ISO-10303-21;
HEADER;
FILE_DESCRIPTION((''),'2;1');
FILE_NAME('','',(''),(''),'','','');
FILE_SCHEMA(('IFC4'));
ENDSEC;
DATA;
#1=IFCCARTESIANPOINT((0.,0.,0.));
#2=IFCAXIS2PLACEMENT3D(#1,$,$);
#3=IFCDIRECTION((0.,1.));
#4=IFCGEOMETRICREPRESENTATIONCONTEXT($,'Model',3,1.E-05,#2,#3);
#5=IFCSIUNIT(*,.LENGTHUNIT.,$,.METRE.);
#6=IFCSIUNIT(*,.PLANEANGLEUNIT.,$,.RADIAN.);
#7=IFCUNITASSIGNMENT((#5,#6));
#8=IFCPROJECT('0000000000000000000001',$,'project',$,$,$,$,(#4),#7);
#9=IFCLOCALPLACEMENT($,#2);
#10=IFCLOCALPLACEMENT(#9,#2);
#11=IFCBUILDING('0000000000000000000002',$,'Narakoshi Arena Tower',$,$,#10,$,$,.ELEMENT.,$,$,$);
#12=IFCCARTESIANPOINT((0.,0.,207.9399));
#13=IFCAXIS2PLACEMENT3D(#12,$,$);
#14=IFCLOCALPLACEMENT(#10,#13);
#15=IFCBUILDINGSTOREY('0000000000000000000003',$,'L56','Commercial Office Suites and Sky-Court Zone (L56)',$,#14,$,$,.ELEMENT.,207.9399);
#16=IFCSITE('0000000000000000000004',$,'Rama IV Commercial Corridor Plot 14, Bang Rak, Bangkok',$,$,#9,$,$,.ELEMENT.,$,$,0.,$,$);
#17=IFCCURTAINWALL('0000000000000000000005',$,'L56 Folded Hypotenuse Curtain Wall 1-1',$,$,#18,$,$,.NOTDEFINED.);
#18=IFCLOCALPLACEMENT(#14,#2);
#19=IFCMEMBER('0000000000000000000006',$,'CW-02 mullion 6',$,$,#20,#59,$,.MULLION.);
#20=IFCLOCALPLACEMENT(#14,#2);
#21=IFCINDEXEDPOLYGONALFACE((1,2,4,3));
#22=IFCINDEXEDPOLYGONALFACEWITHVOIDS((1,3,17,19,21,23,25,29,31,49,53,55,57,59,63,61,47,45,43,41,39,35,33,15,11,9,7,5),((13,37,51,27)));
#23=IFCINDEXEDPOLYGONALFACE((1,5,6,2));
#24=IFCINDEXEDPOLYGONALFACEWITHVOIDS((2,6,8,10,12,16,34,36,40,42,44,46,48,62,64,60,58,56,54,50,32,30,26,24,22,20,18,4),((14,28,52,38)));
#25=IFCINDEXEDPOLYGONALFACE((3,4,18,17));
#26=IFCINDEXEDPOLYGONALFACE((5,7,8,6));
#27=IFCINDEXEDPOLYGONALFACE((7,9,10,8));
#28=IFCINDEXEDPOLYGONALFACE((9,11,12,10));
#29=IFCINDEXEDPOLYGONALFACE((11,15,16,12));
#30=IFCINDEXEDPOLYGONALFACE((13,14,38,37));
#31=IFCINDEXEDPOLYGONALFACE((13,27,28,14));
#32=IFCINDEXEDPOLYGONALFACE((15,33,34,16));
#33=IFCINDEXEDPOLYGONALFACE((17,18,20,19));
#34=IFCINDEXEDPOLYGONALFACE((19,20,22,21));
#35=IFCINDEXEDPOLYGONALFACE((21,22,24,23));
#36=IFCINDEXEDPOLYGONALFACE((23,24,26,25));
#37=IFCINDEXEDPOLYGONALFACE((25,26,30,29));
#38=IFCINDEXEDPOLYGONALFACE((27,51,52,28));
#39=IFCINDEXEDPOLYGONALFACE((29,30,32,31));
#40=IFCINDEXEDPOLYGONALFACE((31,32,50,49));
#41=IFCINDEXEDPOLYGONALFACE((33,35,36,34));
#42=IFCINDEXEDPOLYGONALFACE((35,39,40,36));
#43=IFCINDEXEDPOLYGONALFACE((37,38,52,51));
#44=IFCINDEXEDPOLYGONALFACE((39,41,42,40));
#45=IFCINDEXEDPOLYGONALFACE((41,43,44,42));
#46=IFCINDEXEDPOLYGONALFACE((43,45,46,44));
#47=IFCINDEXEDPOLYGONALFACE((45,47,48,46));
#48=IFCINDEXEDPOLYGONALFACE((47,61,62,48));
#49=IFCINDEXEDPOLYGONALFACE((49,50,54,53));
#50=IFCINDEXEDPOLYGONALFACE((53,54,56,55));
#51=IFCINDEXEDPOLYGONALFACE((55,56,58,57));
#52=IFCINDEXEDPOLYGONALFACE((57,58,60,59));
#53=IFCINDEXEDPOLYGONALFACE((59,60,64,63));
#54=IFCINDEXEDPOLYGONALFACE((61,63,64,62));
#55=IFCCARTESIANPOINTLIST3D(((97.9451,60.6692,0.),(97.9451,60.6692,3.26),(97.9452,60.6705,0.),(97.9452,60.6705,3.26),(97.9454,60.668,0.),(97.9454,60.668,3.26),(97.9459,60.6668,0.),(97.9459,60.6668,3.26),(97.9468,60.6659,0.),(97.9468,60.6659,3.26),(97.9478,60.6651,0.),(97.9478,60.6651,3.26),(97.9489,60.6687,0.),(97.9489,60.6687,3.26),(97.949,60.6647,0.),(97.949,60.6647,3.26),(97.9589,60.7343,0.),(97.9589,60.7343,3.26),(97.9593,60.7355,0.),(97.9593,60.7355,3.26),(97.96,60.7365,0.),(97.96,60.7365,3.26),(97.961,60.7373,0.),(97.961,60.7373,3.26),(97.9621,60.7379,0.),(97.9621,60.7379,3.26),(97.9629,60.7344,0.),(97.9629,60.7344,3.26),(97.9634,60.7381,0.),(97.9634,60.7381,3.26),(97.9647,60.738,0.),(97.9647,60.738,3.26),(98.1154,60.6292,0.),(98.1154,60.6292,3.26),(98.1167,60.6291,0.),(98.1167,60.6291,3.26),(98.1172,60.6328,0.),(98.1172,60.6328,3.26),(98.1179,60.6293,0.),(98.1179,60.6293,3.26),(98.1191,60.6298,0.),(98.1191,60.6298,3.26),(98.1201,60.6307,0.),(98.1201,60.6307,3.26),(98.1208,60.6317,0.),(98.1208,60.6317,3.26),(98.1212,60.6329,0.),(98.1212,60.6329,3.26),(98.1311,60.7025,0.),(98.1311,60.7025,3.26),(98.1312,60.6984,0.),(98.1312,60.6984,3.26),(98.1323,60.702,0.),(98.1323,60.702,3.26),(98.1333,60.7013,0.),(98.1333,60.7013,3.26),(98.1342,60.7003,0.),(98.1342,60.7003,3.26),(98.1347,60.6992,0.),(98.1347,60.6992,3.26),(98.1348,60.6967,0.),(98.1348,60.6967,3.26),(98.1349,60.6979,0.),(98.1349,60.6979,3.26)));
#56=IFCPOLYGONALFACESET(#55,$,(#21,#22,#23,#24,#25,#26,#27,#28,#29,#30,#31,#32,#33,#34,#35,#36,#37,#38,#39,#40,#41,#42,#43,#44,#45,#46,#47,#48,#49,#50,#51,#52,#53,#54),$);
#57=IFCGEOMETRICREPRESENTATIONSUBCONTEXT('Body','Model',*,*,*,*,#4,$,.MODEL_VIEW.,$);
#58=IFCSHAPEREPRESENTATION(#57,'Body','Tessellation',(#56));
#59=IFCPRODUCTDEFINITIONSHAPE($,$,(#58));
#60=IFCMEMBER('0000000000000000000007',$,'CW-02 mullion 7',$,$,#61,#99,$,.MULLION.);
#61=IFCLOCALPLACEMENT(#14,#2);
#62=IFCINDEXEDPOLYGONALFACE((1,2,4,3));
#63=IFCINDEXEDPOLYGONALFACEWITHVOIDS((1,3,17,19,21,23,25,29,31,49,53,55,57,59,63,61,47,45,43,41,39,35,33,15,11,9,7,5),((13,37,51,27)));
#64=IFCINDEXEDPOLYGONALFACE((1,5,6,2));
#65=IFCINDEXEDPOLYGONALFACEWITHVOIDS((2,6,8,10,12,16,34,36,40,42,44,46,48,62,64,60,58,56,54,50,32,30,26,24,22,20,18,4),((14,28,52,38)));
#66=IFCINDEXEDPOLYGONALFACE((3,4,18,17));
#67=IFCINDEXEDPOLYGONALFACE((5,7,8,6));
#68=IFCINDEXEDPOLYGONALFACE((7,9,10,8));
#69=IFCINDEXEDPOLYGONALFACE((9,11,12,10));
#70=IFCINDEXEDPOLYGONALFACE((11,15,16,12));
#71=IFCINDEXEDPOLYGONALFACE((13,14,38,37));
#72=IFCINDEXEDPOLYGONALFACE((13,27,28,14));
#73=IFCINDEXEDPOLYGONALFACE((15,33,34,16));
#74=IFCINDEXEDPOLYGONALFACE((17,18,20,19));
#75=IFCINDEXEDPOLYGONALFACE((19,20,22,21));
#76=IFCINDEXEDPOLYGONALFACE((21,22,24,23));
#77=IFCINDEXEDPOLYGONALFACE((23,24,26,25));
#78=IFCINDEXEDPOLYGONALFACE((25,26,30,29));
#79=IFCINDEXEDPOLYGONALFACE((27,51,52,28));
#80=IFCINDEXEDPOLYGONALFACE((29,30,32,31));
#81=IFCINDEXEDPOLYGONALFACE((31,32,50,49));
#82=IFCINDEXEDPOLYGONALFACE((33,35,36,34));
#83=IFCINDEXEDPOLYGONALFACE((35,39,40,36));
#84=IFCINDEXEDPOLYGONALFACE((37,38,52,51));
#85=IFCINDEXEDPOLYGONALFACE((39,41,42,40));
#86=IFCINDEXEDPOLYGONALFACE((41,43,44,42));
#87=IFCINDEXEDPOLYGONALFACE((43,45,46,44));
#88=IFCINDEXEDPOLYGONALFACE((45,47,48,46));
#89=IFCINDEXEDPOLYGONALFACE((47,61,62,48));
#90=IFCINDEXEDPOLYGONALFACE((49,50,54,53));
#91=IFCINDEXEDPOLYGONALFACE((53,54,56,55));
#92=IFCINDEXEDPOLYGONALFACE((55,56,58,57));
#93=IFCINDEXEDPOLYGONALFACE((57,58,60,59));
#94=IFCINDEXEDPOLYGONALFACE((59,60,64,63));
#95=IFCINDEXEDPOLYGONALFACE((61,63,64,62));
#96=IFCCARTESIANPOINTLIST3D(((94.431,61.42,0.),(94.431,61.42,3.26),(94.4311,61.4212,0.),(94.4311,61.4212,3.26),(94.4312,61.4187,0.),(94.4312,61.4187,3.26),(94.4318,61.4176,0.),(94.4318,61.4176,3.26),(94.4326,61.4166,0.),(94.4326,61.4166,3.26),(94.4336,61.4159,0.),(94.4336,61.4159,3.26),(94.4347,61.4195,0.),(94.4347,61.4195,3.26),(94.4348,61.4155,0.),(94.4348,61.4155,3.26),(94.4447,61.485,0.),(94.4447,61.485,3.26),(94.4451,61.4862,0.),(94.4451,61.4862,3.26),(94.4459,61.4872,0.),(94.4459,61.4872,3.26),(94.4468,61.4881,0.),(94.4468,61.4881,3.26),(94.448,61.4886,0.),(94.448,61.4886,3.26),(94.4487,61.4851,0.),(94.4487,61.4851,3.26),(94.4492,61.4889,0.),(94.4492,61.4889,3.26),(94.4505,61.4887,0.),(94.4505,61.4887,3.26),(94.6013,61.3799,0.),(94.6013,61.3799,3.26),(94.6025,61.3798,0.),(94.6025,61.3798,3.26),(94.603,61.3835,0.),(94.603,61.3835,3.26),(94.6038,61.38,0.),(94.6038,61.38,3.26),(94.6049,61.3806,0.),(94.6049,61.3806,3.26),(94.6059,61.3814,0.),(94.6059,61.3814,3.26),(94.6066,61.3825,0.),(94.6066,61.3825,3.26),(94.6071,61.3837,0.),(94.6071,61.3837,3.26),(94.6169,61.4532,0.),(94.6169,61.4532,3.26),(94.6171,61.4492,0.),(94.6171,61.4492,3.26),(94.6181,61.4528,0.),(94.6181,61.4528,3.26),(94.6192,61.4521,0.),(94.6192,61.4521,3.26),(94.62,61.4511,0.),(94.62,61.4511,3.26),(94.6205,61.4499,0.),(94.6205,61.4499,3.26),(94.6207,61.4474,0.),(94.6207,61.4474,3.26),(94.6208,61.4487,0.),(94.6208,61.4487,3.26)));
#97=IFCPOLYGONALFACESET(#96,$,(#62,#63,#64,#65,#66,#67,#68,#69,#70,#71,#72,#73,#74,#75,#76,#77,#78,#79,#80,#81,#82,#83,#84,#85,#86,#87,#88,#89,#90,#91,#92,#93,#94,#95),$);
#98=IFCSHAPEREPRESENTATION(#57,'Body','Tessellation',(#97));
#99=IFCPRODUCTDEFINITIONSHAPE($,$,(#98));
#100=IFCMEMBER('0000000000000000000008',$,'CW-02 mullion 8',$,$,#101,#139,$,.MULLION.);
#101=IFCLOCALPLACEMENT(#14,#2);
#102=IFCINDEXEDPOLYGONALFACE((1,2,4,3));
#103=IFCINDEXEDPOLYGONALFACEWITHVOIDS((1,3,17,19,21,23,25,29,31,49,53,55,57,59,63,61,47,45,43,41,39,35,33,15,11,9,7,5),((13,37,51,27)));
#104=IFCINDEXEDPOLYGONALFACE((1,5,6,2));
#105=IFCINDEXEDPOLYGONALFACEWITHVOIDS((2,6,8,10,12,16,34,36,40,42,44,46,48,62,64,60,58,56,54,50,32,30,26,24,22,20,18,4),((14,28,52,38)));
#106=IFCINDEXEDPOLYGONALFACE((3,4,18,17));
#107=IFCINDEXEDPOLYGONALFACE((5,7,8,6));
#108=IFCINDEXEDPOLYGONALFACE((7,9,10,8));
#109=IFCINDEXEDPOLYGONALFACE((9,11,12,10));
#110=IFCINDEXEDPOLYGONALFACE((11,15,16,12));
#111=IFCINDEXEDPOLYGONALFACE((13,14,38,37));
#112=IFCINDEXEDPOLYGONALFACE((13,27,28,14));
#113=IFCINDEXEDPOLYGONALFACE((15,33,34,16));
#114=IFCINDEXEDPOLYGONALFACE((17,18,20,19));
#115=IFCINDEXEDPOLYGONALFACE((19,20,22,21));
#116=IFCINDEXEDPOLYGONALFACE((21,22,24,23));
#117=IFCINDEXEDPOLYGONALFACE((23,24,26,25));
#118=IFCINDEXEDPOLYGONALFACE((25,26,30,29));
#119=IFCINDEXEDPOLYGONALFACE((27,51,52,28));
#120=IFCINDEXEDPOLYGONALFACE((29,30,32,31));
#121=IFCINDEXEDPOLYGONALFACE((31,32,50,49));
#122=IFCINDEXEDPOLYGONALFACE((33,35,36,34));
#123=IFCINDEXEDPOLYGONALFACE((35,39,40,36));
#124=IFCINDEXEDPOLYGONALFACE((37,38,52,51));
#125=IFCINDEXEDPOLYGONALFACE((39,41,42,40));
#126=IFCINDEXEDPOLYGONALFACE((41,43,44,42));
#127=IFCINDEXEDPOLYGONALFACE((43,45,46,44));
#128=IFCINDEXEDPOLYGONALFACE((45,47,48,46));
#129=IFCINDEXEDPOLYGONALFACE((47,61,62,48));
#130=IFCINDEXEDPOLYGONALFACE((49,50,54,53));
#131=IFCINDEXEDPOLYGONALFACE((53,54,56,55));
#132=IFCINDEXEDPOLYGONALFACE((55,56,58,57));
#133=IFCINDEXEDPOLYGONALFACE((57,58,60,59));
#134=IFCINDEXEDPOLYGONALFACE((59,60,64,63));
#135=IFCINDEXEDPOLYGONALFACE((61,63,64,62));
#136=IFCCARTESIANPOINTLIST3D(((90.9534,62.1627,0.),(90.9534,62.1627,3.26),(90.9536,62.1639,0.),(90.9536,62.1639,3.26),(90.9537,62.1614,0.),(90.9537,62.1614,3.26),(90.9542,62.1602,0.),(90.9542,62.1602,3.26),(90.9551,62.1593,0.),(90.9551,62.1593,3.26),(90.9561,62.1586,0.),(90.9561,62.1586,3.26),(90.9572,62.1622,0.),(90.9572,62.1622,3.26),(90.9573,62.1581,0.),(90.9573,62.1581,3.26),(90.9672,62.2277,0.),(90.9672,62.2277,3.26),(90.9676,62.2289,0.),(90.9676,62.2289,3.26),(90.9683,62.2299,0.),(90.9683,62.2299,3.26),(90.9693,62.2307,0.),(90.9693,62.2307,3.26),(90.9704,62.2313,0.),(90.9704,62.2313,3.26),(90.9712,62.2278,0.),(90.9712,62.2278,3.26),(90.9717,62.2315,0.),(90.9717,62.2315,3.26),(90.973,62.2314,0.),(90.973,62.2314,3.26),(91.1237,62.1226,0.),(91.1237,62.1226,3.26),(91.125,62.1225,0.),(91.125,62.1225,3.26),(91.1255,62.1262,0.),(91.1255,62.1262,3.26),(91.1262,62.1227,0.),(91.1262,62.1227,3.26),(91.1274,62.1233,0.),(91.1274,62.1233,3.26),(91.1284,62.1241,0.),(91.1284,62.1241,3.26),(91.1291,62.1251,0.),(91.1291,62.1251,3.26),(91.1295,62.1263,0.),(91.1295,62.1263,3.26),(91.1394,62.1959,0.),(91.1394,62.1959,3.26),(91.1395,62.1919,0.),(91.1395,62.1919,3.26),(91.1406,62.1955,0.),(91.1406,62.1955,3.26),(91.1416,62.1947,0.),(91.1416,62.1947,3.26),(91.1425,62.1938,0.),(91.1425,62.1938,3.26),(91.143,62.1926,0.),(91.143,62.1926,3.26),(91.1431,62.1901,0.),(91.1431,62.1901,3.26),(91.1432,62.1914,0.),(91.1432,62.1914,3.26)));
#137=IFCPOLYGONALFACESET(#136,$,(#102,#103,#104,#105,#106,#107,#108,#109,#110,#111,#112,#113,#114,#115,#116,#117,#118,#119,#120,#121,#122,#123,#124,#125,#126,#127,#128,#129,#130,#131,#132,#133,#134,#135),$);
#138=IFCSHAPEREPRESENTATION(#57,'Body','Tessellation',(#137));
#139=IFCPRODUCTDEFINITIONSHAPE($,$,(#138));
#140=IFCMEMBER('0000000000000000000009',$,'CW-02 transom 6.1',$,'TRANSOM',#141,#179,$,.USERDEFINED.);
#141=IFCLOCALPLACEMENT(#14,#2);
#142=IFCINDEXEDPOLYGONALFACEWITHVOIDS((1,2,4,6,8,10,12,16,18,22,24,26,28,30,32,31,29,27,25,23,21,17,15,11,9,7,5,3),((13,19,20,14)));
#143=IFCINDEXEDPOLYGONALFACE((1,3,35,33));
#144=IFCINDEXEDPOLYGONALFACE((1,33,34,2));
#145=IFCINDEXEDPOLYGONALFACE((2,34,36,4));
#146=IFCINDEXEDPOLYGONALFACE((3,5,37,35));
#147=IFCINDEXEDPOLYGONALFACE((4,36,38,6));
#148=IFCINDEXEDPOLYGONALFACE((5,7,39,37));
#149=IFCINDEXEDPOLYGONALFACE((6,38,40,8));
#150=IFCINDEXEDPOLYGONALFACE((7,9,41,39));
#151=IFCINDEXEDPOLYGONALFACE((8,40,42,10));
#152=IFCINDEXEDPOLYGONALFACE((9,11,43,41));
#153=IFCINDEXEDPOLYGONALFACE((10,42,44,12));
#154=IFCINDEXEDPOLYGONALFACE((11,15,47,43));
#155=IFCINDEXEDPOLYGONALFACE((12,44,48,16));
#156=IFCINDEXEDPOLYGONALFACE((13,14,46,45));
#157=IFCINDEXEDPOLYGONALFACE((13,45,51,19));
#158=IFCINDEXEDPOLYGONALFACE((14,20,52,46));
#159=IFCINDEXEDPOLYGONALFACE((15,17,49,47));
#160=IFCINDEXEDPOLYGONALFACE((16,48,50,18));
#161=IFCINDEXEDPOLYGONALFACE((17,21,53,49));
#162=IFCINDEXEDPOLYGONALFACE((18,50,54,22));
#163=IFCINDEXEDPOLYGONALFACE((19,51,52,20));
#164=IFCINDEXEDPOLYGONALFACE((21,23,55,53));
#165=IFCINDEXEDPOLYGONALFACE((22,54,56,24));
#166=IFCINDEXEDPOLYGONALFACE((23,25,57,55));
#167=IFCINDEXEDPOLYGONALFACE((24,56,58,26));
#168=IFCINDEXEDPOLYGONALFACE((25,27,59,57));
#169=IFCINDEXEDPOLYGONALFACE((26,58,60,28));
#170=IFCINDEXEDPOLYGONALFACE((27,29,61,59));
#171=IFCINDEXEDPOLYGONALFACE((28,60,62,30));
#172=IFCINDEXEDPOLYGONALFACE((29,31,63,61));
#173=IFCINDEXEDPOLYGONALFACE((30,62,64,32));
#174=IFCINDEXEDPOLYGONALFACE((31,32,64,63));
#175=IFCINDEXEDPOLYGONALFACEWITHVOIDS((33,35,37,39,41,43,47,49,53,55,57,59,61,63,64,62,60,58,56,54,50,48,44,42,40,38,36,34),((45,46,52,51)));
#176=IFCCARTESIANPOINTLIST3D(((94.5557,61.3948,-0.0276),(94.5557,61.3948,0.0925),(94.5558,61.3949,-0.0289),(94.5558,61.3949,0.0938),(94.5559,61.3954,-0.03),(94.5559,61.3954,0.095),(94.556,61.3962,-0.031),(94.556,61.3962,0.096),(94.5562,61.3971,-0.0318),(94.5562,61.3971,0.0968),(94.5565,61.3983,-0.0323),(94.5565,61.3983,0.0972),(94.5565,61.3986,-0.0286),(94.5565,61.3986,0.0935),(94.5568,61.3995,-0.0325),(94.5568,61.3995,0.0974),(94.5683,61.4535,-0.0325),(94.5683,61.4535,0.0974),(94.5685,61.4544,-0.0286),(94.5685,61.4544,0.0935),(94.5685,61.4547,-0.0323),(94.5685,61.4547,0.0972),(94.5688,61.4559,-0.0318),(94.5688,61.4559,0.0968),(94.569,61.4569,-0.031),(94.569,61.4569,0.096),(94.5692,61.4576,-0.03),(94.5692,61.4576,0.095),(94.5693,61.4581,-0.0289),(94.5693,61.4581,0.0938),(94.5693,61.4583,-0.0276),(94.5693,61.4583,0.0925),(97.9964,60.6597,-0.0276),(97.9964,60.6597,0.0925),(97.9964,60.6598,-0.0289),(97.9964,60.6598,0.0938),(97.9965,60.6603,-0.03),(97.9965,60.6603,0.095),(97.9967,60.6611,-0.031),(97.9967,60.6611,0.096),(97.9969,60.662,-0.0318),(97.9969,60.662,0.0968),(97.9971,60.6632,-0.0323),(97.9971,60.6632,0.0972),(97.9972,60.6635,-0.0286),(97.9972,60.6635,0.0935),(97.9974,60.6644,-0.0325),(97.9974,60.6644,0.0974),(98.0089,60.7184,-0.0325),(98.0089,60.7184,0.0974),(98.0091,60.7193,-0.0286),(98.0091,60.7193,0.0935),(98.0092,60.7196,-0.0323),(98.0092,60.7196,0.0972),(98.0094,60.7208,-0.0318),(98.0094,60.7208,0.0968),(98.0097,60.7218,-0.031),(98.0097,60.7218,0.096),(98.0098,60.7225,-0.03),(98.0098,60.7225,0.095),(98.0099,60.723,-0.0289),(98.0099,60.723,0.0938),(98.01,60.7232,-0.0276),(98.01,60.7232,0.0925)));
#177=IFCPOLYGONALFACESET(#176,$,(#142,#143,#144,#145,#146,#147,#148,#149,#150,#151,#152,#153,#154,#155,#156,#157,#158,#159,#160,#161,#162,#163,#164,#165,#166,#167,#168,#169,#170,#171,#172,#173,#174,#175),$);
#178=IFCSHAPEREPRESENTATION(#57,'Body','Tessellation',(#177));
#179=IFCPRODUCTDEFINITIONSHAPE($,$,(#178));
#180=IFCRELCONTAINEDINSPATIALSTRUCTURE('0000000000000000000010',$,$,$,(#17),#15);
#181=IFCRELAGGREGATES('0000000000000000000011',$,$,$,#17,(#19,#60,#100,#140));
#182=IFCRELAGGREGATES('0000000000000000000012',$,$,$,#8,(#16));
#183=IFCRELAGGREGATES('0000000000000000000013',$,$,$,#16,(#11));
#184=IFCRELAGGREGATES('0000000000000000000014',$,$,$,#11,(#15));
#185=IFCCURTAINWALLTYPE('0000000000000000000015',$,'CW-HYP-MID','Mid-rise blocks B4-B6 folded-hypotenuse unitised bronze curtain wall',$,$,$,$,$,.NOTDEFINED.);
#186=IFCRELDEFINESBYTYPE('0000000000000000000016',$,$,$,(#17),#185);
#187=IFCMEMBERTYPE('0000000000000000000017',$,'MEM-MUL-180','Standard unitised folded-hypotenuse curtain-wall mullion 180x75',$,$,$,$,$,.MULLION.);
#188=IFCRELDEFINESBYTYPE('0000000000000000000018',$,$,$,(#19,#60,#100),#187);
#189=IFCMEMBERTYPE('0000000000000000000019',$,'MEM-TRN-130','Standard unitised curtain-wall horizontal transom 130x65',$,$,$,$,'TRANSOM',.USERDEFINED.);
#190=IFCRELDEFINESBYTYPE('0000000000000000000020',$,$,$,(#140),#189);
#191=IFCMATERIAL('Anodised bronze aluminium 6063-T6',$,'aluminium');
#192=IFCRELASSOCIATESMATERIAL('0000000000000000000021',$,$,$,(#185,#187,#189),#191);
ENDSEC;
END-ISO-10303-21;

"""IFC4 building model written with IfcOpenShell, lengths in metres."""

from ifc_helpers import new_model, si_unit, direction, frame, origin, origin_2d, place, context, subcontext, project, spatial, hollow_rectangle, extrude, material, material_profile, profile_set, type_object, element, aggregate, save


model = new_model("IFC4")

# Units and contexts
model_context = context("Model", 3, precision=1e-05, world=origin(), true_north=direction((0.0, 1.0)))
body_context = subcontext(model_context, "Body", "Model", "MODEL_VIEW")
ifc_project = project(units=[si_unit("LENGTHUNIT", "METRE"), si_unit("PLANEANGLEUNIT", "RADIAN")], contexts=[model_context])

# Site, building, storey
site_placement = place(None, origin())
site = spatial("IfcSite", under=ifc_project, at=site_placement, Name="Rama IV Commercial Corridor Plot 14, Bang Rak, Bangkok", CompositionType="ELEMENT", RefElevation=0.0)
building_placement = place(site_placement, origin())
building = spatial("IfcBuilding", under=site, at=building_placement, Name="Narakoshi Arena Tower", CompositionType="ELEMENT")
storey_placement = place(building_placement, frame((0.0, 0.0, 207.9399)))
storey = spatial("IfcBuildingStorey", under=building, at=storey_placement, Name="L56", Description="Commercial Office Suites and Sky-Court Zone (L56)", CompositionType="ELEMENT", Elevation=207.9399)

# Curtain wall, members
ifc_material_1 = material(Name="Anodised bronze aluminium 6063-T6", Category="aluminium")
curtain_wall_type = type_object("IfcCurtainWallType", Name="CW-HYP-MID", Description="Mid-rise blocks B4-B6 folded-hypotenuse unitised bronze curtain wall", PredefinedType="NOTDEFINED", material=ifc_material_1)
curtain_wall_placement = place(storey_placement, origin())
curtain_wall = element("IfcCurtainWall", 1, at=curtain_wall_placement, inside=storey, type_object=curtain_wall_type, Name="L56 Folded Hypotenuse Curtain Wall 1-1", PredefinedType="NOTDEFINED")
ifc_material_profile_1 = material_profile(ifc_material_1, hollow_rectangle(XDim=0.075, YDim=0.1799, WallThickness=0.0039, OuterFilletRadius=0.0049, at=origin_2d()), Name="MUL180x75x4")
ifc_profile_set_1 = profile_set([ifc_material_profile_1], Name="Anodised bronze aluminium 6063-T6")
member_type_1 = type_object("IfcMemberType", Name="MEM-MUL-180", Description="Standard unitised folded-hypotenuse curtain-wall mullion 180x75", PredefinedType="MULLION", material=ifc_profile_set_1)
member_1_placement = place(storey_placement, frame((98.04, 60.6836, 0.0), z_axis=(0.0, 0.0, 1.0), x_axis=(-0.208899, -0.977937, 0.0)))
member_1 = element("IfcMember", 2, at=member_1_placement, type_object=member_type_1, Name="CW-02 mullion 6", PredefinedType="MULLION", context=body_context, shape_type="SweptSolid", body=[
    extrude(hollow_rectangle(XDim=0.075, YDim=0.1799, WallThickness=0.0039, OuterFilletRadius=0.0049, at=origin_2d()), origin(), (0.0, 0.0, 1.0), 3.26),
])
member_2_placement = place(storey_placement, frame((94.5259, 61.4343, 0.0), z_axis=(0.0, 0.0, 1.0), x_axis=(-0.208899, -0.977937, 0.0)))
member_2 = element("IfcMember", 3, at=member_2_placement, type_object=member_type_1, Name="CW-02 mullion 7", PredefinedType="MULLION", context=body_context, shape_type="SweptSolid", body=[
    extrude(hollow_rectangle(XDim=0.075, YDim=0.1799, WallThickness=0.0039, OuterFilletRadius=0.0049, at=origin_2d()), origin(), (0.0, 0.0, 1.0), 3.26),
])
member_3_placement = place(storey_placement, frame((91.0483, 62.177, 0.0), z_axis=(0.0, 0.0, 1.0), x_axis=(-0.208899, -0.977937, 0.0)))
member_3 = element("IfcMember", 4, at=member_3_placement, type_object=member_type_1, Name="CW-02 mullion 8", PredefinedType="MULLION", context=body_context, shape_type="SweptSolid", body=[
    extrude(hollow_rectangle(XDim=0.075, YDim=0.1799, WallThickness=0.0039, OuterFilletRadius=0.0049, at=origin_2d()), origin(), (0.0, 0.0, 1.0), 3.26),
])
ifc_material_profile_2 = material_profile(ifc_material_1, hollow_rectangle(XDim=0.0649, YDim=0.1299, WallThickness=0.0039, OuterFilletRadius=0.0049, at=origin_2d()), Name="TRN130x65x4")
ifc_profile_set_2 = profile_set([ifc_material_profile_2], Name="Anodised bronze aluminium 6063-T6")
member_type_2 = type_object("IfcMemberType", Name="MEM-TRN-130", Description="Standard unitised curtain-wall horizontal transom 130x65", ElementType="TRANSOM", PredefinedType="USERDEFINED", material=ifc_profile_set_2)
member_4_placement = place(storey_placement, frame((98.0032, 60.6914, 0.0325), z_axis=(-0.977929, 0.208937, 0.0), x_axis=(-0.208937, -0.977929, 0.0)))
member_4 = element("IfcMember", 5, at=member_4_placement, type_object=member_type_2, Name="CW-02 transom 6.1", ObjectType="TRANSOM", PredefinedType="USERDEFINED", context=body_context, shape_type="SweptSolid", body=[
    extrude(hollow_rectangle(XDim=0.0649, YDim=0.1299, WallThickness=0.0039, OuterFilletRadius=0.0049, at=origin_2d()), origin(), (0.0, 0.0, 1.0), 3.5183),
])
aggregate(curtain_wall, [member_1, member_2, member_3, member_4])

save(model, "model.ifc")
